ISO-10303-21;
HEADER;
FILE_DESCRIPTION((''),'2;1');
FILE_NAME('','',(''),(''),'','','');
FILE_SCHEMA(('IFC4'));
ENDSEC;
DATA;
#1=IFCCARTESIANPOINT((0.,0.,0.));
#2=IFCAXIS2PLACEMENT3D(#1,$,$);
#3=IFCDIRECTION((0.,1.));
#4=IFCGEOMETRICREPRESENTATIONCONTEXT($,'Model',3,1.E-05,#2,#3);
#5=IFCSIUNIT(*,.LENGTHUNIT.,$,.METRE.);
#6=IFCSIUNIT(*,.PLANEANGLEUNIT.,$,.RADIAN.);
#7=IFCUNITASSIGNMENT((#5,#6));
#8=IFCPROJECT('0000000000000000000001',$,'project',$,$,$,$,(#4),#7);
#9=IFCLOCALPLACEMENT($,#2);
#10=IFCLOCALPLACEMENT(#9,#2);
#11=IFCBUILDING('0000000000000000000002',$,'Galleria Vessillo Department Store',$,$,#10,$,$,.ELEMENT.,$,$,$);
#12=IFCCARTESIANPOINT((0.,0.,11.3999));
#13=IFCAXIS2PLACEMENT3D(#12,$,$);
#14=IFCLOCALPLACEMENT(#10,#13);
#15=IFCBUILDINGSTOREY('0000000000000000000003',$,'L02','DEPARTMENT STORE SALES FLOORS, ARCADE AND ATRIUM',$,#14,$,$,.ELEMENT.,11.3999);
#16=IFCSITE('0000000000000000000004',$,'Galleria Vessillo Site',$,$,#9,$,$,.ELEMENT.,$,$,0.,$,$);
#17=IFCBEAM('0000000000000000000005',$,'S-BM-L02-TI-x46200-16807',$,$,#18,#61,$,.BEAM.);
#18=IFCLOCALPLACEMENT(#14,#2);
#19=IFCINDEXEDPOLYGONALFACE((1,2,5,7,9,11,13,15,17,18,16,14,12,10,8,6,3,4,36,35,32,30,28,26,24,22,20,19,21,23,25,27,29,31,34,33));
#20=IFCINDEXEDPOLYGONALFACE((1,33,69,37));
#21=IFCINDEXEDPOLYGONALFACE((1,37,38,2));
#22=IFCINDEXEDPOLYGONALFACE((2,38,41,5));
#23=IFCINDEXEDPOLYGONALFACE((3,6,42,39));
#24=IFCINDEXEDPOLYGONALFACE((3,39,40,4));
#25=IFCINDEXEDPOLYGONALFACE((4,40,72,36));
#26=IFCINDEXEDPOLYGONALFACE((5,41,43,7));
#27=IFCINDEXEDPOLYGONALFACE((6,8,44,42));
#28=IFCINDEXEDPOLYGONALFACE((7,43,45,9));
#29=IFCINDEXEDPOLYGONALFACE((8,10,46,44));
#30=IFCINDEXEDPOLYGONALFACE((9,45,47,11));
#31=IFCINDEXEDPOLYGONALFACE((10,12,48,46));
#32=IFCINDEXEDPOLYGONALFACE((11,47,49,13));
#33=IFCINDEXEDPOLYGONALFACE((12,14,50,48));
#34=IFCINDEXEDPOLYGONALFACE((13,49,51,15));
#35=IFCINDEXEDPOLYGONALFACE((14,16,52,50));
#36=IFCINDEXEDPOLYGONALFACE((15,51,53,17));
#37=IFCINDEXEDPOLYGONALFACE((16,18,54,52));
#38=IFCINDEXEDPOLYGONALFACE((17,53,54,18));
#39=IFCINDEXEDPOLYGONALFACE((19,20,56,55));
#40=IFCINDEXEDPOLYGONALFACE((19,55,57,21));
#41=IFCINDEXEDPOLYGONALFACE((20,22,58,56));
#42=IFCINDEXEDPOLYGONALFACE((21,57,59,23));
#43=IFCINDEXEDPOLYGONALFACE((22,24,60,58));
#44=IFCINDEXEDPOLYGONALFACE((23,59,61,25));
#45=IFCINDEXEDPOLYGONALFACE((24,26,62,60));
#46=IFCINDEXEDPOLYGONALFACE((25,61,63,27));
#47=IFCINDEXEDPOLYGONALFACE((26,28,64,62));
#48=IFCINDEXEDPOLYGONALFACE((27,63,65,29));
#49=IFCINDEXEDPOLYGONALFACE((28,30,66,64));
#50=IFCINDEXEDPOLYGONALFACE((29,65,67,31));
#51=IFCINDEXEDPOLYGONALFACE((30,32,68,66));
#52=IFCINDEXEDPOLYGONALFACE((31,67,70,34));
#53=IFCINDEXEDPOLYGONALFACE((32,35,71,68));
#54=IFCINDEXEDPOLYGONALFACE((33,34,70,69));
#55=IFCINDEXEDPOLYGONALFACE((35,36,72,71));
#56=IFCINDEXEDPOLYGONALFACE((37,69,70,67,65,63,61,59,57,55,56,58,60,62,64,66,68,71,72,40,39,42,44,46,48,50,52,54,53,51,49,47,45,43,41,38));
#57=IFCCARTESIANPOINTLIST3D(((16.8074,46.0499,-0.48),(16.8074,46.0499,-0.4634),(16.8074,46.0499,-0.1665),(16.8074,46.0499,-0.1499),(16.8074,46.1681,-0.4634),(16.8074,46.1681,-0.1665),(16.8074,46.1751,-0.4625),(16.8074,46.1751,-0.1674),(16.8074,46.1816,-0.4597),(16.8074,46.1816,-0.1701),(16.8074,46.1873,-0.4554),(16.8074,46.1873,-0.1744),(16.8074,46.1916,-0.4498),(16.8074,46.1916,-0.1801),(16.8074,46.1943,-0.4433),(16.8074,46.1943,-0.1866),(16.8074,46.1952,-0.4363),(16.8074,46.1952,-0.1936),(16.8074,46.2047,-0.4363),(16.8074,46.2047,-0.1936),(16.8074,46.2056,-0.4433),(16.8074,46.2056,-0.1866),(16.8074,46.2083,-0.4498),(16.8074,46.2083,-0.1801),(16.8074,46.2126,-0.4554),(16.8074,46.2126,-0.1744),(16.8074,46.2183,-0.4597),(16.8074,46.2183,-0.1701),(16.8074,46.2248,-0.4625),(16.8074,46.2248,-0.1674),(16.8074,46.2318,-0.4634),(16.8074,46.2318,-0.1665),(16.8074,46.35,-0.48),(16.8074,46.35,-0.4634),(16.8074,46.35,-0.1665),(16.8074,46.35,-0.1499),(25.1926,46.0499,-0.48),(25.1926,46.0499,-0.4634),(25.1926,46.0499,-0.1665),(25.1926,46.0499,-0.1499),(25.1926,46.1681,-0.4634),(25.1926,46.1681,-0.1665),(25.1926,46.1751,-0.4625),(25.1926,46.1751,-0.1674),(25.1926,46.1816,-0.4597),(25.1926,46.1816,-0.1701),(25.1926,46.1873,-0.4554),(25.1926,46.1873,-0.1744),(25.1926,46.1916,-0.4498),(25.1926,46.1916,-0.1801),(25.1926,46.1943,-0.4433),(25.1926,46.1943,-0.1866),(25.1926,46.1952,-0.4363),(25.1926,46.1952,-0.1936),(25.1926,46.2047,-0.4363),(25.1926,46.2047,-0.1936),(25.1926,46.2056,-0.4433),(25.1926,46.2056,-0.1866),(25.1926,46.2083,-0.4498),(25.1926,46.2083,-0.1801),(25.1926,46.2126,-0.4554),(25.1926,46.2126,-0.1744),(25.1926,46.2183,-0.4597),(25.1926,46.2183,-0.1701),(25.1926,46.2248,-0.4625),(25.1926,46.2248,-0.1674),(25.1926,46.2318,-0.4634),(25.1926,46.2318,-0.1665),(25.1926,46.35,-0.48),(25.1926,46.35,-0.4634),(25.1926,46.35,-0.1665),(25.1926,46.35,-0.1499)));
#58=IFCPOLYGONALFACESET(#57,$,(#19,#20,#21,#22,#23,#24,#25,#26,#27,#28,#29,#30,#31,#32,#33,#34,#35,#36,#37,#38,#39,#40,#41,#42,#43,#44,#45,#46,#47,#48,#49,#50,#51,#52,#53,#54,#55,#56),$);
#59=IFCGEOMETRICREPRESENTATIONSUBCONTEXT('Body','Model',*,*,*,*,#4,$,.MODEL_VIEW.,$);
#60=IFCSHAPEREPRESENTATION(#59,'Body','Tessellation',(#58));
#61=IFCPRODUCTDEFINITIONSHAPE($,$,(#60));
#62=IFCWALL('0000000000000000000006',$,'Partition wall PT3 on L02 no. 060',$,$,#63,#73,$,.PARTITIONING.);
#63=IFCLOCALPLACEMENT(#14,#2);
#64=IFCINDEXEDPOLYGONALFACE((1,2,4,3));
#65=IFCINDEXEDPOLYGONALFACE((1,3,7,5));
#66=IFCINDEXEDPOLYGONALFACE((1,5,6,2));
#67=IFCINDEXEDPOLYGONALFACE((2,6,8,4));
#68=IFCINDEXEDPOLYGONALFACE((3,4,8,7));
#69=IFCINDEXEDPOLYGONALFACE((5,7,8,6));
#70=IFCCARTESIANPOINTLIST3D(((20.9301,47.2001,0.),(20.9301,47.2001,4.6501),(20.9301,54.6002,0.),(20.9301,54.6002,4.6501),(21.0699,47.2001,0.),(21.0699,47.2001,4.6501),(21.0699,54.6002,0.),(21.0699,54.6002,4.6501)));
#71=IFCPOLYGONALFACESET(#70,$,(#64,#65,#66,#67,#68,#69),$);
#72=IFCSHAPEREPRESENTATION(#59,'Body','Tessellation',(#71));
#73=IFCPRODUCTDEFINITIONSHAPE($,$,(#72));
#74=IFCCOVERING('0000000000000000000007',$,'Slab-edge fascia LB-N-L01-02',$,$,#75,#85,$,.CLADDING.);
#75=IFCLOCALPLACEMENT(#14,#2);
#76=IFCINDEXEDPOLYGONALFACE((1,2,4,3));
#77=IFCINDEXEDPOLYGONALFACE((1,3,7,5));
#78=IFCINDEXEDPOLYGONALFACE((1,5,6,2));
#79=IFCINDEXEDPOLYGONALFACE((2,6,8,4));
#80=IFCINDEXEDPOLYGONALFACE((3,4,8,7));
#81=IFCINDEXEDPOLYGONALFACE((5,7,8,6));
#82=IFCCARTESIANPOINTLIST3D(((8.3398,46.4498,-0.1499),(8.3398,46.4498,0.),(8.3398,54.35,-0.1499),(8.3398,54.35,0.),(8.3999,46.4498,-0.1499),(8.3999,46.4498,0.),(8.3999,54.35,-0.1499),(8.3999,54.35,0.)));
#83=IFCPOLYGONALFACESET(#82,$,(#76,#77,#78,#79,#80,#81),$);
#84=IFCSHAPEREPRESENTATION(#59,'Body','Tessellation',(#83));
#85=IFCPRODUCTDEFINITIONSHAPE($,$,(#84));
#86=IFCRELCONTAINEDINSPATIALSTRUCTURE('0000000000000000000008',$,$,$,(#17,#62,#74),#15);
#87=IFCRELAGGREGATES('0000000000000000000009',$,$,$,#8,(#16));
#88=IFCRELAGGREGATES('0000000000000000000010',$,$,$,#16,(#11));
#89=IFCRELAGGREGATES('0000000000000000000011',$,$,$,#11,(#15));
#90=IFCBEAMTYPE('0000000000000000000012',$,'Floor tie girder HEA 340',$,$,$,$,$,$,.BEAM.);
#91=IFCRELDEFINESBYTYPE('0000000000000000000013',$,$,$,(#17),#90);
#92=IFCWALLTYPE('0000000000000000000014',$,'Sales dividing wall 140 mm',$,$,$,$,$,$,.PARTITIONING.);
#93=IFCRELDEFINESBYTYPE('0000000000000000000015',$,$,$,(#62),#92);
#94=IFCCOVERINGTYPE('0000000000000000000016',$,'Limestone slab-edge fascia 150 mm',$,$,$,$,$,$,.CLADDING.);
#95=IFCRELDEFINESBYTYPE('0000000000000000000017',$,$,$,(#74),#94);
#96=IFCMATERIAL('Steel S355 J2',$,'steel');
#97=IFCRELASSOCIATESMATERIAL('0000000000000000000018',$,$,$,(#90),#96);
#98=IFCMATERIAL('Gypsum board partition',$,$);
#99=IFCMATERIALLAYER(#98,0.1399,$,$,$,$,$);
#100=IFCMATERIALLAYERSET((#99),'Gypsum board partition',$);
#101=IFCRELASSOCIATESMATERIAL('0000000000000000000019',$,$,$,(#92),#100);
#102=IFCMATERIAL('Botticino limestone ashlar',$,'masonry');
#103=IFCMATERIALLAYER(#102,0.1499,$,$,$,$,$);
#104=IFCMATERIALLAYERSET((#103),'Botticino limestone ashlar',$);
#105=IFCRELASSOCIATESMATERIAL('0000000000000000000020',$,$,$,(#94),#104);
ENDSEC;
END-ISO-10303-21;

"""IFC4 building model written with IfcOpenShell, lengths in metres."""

from ifc_helpers import new_model, si_unit, direction, frame, frame_2d, origin, origin_2d, place, context, subcontext, project, spatial, rectangle, i_section, extrude, material, layer, layer_set, material_profile, profile_set, type_object, element, save


model = new_model("IFC4")

# Units and contexts
model_context = context("Model", 3, precision=1e-05, world=origin(), true_north=direction((0.0, 1.0)))
body_context = subcontext(model_context, "Body", "Model", "MODEL_VIEW")
ifc_project = project(units=[si_unit("LENGTHUNIT", "METRE"), si_unit("PLANEANGLEUNIT", "RADIAN")], contexts=[model_context])

# Site, building, storey
site_placement = place(None, origin())
site = spatial("IfcSite", under=ifc_project, at=site_placement, Name="Galleria Vessillo Site", CompositionType="ELEMENT", RefElevation=0.0)
building_placement = place(site_placement, origin())
building = spatial("IfcBuilding", under=site, at=building_placement, Name="Galleria Vessillo Department Store", CompositionType="ELEMENT")
storey_placement = place(building_placement, frame((0.0, 0.0, 11.3999)))
storey = spatial("IfcBuildingStorey", under=building, at=storey_placement, Name="L02", Description="DEPARTMENT STORE SALES FLOORS, ARCADE AND ATRIUM", CompositionType="ELEMENT", Elevation=11.3999)

# Beam
ifc_material_1 = material(Name="Steel S355 J2", Category="steel")
ifc_material_profile_1 = material_profile(ifc_material_1, i_section(OverallWidth=0.3, OverallDepth=0.3301, WebThickness=0.0095, FlangeThickness=0.0166, FilletRadius=0.0271, at=origin_2d()), Name="HEA 340")
ifc_profile_set_1 = profile_set([ifc_material_profile_1], Name="Steel S355 J2")
beam_type_1 = type_object("IfcBeamType", Name="Floor tie girder HEA 340", PredefinedType="BEAM", material=ifc_profile_set_1)
for number, where, z_axis, x_axis, name in (
    (1, (16.8074, 46.2, -0.3149), (1.0, 0.0, 0.0), (0.0, 1.0, 0.0), "S-BM-L02-TI-x46200-16807"),
):
    element("IfcBeam", number, at=place(storey_placement, frame(where, z_axis=z_axis, x_axis=x_axis)), inside=storey, type_object=beam_type_1, Name=name, PredefinedType="BEAM", context=body_context, shape_type="SweptSolid", body=[
        extrude(i_section(OverallWidth=0.3, OverallDepth=0.3301, WebThickness=0.0095, FlangeThickness=0.0166, FilletRadius=0.0271, at=origin_2d()), origin(), (0.0, 0.0, 1.0), 8.3853),
    ])

# Wall
ifc_material_2 = material(Name="Gypsum board partition")
ifc_layer_1 = layer(ifc_material_2, 0.1399)
ifc_layer_set_1 = layer_set([ifc_layer_1], Name="Gypsum board partition")
wall_type = type_object("IfcWallType", Name="Sales dividing wall 140 mm", PredefinedType="PARTITIONING", material=ifc_layer_set_1)
wall_placement = place(storey_placement, frame((21.0, 47.2, 0.0), z_axis=(0.0, 0.0, 1.0), x_axis=(0.0, 1.0, 0.0)))
element("IfcWall", 2, at=wall_placement, inside=storey, type_object=wall_type, Name="Partition wall PT3 on L02 no. 060", PredefinedType="PARTITIONING", context=body_context, shape_type="SweptSolid", body=[
    extrude(rectangle(XDim=7.4001, YDim=0.1399, at=frame_2d((3.7002, 0.0))), origin(), (0.0, 0.0, 1.0), 4.6501),
])

# Covering
ifc_material_3 = material(Name="Botticino limestone ashlar", Category="masonry")
ifc_layer_2 = layer(ifc_material_3, 0.1499)
ifc_layer_set_2 = layer_set([ifc_layer_2], Name="Botticino limestone ashlar")
covering_type = type_object("IfcCoveringType", Name="Limestone slab-edge fascia 150 mm", PredefinedType="CLADDING", material=ifc_layer_set_2)
covering_placement = place(storey_placement, frame((8.3699, 50.3999, -0.1499), z_axis=(0.0, 0.0, 1.0), x_axis=(1.0, 0.0, 0.0)))
element("IfcCovering", 3, at=covering_placement, inside=storey, type_object=covering_type, Name="Slab-edge fascia LB-N-L01-02", PredefinedType="CLADDING", context=body_context, shape_type="SweptSolid", body=[
    extrude(rectangle(XDim=0.0601, YDim=7.9001, at=origin_2d()), origin(), (0.0, 0.0, 1.0), 0.1499),
])

save(model, "model.ifc")
